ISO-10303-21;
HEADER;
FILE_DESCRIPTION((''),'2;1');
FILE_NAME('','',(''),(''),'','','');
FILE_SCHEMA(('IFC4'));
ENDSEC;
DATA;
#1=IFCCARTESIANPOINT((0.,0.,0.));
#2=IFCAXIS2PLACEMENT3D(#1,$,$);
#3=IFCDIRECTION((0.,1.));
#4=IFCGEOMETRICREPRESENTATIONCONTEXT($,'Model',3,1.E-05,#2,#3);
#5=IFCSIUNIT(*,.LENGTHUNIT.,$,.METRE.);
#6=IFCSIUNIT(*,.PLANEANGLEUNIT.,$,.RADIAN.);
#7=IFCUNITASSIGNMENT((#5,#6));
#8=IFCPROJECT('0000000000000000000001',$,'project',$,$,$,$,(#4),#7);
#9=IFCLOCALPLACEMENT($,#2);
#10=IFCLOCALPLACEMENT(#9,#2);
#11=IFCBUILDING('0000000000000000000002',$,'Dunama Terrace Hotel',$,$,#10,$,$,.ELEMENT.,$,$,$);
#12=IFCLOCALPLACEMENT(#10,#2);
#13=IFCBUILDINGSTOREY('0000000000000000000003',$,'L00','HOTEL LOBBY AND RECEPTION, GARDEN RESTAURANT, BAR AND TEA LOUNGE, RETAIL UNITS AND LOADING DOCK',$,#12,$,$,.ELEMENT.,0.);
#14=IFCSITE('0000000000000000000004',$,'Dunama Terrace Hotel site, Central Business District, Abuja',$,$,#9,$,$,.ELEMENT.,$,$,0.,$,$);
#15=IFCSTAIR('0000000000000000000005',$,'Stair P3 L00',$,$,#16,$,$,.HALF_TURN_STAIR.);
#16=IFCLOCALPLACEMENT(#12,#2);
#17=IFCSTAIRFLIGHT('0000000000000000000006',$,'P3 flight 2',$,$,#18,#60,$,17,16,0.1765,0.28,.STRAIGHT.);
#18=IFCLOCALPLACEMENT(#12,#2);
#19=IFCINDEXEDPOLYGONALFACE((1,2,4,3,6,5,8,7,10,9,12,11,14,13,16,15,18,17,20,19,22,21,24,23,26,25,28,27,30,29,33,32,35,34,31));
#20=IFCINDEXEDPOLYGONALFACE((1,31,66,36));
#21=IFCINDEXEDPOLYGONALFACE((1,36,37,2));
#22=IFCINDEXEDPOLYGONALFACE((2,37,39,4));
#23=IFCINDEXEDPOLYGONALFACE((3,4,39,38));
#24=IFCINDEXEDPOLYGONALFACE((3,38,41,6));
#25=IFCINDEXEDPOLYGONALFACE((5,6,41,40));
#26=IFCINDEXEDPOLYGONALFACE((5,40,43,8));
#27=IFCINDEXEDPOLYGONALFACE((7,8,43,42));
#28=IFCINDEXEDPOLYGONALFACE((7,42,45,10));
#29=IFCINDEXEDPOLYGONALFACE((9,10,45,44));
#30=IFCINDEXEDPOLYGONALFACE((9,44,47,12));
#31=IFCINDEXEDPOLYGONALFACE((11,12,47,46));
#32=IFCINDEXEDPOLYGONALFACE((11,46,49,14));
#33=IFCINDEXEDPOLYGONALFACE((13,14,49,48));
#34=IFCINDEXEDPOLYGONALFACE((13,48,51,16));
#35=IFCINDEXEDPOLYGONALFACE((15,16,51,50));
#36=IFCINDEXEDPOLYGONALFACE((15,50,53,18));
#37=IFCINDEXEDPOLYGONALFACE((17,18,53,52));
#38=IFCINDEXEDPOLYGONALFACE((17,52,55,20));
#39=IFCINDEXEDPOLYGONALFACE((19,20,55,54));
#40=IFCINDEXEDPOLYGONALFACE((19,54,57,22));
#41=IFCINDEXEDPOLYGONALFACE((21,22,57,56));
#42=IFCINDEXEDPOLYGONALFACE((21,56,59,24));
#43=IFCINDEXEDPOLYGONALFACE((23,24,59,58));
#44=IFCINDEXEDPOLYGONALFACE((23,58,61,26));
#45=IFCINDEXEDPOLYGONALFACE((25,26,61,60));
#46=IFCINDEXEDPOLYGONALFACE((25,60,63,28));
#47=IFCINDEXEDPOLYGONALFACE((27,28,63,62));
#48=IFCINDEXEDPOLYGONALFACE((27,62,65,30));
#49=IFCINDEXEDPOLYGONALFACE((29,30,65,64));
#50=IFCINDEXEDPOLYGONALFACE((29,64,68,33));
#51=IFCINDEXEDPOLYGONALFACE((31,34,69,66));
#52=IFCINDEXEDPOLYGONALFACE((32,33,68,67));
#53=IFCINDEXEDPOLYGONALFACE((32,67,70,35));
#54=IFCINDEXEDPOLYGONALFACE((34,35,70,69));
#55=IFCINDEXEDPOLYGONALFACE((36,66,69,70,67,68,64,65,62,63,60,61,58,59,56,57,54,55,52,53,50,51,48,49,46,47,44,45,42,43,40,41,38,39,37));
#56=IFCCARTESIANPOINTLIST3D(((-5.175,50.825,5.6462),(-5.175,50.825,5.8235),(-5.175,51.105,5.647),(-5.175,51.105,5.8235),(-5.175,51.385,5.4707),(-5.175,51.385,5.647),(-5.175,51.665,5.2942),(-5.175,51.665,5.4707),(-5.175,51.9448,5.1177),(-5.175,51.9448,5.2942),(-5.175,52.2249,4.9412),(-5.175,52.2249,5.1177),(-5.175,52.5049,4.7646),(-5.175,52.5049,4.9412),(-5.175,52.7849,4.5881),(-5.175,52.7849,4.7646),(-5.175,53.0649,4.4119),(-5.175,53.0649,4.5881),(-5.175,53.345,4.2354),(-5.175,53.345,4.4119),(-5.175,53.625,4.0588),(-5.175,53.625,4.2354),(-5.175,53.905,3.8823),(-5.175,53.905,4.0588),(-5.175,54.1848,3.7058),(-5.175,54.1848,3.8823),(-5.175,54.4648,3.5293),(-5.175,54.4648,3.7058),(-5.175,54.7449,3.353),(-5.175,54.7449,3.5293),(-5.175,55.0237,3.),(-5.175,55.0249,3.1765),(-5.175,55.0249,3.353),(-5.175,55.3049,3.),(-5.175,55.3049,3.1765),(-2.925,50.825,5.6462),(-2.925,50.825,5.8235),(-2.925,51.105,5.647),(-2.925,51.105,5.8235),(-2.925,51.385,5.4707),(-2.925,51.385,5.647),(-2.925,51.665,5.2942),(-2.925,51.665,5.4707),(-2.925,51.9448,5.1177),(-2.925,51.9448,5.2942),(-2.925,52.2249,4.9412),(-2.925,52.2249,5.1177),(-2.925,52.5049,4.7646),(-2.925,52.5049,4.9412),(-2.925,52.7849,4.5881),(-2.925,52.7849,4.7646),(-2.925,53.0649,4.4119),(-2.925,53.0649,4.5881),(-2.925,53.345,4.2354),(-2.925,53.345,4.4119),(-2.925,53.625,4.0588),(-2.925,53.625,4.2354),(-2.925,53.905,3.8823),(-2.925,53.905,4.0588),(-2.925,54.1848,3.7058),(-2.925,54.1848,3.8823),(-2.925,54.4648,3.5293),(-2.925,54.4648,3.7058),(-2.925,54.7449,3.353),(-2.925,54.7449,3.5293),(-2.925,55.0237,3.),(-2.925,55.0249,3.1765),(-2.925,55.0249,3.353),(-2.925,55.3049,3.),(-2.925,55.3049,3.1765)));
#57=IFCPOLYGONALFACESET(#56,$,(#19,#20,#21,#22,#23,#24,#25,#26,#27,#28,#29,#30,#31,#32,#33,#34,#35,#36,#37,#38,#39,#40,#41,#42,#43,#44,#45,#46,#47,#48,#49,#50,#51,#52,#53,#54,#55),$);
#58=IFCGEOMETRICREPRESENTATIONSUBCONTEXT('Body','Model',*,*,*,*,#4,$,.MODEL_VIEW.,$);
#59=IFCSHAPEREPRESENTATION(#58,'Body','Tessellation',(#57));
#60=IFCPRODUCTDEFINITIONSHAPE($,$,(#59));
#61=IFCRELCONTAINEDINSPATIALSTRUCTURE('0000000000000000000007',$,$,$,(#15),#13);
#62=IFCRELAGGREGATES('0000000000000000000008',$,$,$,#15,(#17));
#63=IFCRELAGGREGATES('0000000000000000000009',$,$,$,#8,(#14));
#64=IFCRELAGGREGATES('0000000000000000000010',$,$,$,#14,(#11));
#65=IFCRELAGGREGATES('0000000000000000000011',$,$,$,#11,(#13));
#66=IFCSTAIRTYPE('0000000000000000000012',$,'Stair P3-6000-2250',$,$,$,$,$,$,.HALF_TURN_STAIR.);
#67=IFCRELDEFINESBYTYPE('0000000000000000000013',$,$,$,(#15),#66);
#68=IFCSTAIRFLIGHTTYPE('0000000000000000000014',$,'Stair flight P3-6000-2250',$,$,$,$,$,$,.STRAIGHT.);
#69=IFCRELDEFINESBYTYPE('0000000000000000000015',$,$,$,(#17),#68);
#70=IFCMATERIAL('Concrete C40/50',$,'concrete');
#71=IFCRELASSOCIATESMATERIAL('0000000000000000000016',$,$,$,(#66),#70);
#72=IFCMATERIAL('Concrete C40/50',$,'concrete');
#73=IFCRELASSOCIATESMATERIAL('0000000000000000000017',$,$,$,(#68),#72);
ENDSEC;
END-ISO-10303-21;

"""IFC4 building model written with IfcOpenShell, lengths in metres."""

from ifc_helpers import new_model, si_unit, direction, frame, origin, place, context, subcontext, project, spatial, polyline, outline, extrude, material, type_object, element, aggregate, save


model = new_model("IFC4")

# Units and contexts
model_context = context("Model", 3, precision=1e-05, world=origin(), true_north=direction((0.0, 1.0)))
body_context = subcontext(model_context, "Body", "Model", "MODEL_VIEW")
ifc_project = project(units=[si_unit("LENGTHUNIT", "METRE"), si_unit("PLANEANGLEUNIT", "RADIAN")], contexts=[model_context])

# Site, building, storey
site_placement = place(None, origin())
site = spatial("IfcSite", under=ifc_project, at=site_placement, Name="Dunama Terrace Hotel site, Central Business District, Abuja", CompositionType="ELEMENT", RefElevation=0.0)
building_placement = place(site_placement, origin())
building = spatial("IfcBuilding", under=site, at=building_placement, Name="Dunama Terrace Hotel", CompositionType="ELEMENT")
storey_placement = place(building_placement, origin())
storey = spatial("IfcBuildingStorey", under=building, at=storey_placement, Name="L00", Description="HOTEL LOBBY AND RECEPTION, GARDEN RESTAURANT, BAR AND TEA LOUNGE, RETAIL UNITS AND LOADING DOCK", CompositionType="ELEMENT", Elevation=0.0)

# Stair, stair flight
ifc_material_1 = material(Name="Concrete C40/50", Category="concrete")
stair_type_1 = type_object("IfcStairType", Name="Stair P3-6000-2250", PredefinedType="HALF_TURN_STAIR", material=ifc_material_1)
stair_1_placement = place(storey_placement, origin())
stair_1 = element("IfcStair", 1, at=stair_1_placement, inside=storey, type_object=stair_type_1, Name="Stair P3 L00", PredefinedType="HALF_TURN_STAIR")
ifc_material_2 = material(Name="Concrete C40/50", Category="concrete")
stair_flight_type_1 = type_object("IfcStairFlightType", Name="Stair flight P3-6000-2250", PredefinedType="STRAIGHT", material=ifc_material_2)
stair_flight_1_placement = place(storey_placement, frame((-4.05, 55.3049, 3.0), z_axis=(0.0, 0.0, 1.0), x_axis=(0.0, -1.0, 0.0)))
stair_flight_1 = element("IfcStairFlight", 2, at=stair_flight_1_placement, type_object=stair_flight_type_1, Name="P3 flight 2", NumberOfRisers=17, NumberOfTreads=16, PredefinedType="STRAIGHT", RiserHeight=0.1765, TreadLength=0.28, context=body_context, shape_type="SweptSolid", body=[
    extrude(outline(polyline([(0.0, 0.0), (0.0, 0.1765), (0.28, 0.1765), (0.28, 0.353), (0.5601, 0.353), (0.5601, 0.5293), (0.8401, 0.5293), (0.8401, 0.7058), (1.1201, 0.7058), (1.1201, 0.8823), (1.3999, 0.8823), (1.3999, 1.0588), (1.6799, 1.0588), (1.6799, 1.2354), (1.96, 1.2354), (1.96, 1.4119), (2.24, 1.4119), (2.24, 1.5881), (2.52, 1.5881), (2.52, 1.7646), (2.8, 1.7646), (2.8, 1.9412), (3.0801, 1.9412), (3.0801, 2.1177), (3.3601, 2.1177), (3.3601, 2.2942), (3.6399, 2.2942), (3.6399, 2.4707), (3.9199, 2.4707), (3.9199, 2.647), (4.2, 2.647), (4.2, 2.8235), (4.48, 2.8235), (4.48, 3.0), (4.48, 2.6462), (0.2812, 0.0), (0.0, 0.0)])), frame((0.0, 1.125, 0.0), z_axis=(0.0, -1.0, 0.0), x_axis=(1.0, 0.0, 0.0)), (0.0, 0.0, 1.0), 2.25),
])
aggregate(stair_1, [stair_flight_1])

save(model, "model.ifc")
